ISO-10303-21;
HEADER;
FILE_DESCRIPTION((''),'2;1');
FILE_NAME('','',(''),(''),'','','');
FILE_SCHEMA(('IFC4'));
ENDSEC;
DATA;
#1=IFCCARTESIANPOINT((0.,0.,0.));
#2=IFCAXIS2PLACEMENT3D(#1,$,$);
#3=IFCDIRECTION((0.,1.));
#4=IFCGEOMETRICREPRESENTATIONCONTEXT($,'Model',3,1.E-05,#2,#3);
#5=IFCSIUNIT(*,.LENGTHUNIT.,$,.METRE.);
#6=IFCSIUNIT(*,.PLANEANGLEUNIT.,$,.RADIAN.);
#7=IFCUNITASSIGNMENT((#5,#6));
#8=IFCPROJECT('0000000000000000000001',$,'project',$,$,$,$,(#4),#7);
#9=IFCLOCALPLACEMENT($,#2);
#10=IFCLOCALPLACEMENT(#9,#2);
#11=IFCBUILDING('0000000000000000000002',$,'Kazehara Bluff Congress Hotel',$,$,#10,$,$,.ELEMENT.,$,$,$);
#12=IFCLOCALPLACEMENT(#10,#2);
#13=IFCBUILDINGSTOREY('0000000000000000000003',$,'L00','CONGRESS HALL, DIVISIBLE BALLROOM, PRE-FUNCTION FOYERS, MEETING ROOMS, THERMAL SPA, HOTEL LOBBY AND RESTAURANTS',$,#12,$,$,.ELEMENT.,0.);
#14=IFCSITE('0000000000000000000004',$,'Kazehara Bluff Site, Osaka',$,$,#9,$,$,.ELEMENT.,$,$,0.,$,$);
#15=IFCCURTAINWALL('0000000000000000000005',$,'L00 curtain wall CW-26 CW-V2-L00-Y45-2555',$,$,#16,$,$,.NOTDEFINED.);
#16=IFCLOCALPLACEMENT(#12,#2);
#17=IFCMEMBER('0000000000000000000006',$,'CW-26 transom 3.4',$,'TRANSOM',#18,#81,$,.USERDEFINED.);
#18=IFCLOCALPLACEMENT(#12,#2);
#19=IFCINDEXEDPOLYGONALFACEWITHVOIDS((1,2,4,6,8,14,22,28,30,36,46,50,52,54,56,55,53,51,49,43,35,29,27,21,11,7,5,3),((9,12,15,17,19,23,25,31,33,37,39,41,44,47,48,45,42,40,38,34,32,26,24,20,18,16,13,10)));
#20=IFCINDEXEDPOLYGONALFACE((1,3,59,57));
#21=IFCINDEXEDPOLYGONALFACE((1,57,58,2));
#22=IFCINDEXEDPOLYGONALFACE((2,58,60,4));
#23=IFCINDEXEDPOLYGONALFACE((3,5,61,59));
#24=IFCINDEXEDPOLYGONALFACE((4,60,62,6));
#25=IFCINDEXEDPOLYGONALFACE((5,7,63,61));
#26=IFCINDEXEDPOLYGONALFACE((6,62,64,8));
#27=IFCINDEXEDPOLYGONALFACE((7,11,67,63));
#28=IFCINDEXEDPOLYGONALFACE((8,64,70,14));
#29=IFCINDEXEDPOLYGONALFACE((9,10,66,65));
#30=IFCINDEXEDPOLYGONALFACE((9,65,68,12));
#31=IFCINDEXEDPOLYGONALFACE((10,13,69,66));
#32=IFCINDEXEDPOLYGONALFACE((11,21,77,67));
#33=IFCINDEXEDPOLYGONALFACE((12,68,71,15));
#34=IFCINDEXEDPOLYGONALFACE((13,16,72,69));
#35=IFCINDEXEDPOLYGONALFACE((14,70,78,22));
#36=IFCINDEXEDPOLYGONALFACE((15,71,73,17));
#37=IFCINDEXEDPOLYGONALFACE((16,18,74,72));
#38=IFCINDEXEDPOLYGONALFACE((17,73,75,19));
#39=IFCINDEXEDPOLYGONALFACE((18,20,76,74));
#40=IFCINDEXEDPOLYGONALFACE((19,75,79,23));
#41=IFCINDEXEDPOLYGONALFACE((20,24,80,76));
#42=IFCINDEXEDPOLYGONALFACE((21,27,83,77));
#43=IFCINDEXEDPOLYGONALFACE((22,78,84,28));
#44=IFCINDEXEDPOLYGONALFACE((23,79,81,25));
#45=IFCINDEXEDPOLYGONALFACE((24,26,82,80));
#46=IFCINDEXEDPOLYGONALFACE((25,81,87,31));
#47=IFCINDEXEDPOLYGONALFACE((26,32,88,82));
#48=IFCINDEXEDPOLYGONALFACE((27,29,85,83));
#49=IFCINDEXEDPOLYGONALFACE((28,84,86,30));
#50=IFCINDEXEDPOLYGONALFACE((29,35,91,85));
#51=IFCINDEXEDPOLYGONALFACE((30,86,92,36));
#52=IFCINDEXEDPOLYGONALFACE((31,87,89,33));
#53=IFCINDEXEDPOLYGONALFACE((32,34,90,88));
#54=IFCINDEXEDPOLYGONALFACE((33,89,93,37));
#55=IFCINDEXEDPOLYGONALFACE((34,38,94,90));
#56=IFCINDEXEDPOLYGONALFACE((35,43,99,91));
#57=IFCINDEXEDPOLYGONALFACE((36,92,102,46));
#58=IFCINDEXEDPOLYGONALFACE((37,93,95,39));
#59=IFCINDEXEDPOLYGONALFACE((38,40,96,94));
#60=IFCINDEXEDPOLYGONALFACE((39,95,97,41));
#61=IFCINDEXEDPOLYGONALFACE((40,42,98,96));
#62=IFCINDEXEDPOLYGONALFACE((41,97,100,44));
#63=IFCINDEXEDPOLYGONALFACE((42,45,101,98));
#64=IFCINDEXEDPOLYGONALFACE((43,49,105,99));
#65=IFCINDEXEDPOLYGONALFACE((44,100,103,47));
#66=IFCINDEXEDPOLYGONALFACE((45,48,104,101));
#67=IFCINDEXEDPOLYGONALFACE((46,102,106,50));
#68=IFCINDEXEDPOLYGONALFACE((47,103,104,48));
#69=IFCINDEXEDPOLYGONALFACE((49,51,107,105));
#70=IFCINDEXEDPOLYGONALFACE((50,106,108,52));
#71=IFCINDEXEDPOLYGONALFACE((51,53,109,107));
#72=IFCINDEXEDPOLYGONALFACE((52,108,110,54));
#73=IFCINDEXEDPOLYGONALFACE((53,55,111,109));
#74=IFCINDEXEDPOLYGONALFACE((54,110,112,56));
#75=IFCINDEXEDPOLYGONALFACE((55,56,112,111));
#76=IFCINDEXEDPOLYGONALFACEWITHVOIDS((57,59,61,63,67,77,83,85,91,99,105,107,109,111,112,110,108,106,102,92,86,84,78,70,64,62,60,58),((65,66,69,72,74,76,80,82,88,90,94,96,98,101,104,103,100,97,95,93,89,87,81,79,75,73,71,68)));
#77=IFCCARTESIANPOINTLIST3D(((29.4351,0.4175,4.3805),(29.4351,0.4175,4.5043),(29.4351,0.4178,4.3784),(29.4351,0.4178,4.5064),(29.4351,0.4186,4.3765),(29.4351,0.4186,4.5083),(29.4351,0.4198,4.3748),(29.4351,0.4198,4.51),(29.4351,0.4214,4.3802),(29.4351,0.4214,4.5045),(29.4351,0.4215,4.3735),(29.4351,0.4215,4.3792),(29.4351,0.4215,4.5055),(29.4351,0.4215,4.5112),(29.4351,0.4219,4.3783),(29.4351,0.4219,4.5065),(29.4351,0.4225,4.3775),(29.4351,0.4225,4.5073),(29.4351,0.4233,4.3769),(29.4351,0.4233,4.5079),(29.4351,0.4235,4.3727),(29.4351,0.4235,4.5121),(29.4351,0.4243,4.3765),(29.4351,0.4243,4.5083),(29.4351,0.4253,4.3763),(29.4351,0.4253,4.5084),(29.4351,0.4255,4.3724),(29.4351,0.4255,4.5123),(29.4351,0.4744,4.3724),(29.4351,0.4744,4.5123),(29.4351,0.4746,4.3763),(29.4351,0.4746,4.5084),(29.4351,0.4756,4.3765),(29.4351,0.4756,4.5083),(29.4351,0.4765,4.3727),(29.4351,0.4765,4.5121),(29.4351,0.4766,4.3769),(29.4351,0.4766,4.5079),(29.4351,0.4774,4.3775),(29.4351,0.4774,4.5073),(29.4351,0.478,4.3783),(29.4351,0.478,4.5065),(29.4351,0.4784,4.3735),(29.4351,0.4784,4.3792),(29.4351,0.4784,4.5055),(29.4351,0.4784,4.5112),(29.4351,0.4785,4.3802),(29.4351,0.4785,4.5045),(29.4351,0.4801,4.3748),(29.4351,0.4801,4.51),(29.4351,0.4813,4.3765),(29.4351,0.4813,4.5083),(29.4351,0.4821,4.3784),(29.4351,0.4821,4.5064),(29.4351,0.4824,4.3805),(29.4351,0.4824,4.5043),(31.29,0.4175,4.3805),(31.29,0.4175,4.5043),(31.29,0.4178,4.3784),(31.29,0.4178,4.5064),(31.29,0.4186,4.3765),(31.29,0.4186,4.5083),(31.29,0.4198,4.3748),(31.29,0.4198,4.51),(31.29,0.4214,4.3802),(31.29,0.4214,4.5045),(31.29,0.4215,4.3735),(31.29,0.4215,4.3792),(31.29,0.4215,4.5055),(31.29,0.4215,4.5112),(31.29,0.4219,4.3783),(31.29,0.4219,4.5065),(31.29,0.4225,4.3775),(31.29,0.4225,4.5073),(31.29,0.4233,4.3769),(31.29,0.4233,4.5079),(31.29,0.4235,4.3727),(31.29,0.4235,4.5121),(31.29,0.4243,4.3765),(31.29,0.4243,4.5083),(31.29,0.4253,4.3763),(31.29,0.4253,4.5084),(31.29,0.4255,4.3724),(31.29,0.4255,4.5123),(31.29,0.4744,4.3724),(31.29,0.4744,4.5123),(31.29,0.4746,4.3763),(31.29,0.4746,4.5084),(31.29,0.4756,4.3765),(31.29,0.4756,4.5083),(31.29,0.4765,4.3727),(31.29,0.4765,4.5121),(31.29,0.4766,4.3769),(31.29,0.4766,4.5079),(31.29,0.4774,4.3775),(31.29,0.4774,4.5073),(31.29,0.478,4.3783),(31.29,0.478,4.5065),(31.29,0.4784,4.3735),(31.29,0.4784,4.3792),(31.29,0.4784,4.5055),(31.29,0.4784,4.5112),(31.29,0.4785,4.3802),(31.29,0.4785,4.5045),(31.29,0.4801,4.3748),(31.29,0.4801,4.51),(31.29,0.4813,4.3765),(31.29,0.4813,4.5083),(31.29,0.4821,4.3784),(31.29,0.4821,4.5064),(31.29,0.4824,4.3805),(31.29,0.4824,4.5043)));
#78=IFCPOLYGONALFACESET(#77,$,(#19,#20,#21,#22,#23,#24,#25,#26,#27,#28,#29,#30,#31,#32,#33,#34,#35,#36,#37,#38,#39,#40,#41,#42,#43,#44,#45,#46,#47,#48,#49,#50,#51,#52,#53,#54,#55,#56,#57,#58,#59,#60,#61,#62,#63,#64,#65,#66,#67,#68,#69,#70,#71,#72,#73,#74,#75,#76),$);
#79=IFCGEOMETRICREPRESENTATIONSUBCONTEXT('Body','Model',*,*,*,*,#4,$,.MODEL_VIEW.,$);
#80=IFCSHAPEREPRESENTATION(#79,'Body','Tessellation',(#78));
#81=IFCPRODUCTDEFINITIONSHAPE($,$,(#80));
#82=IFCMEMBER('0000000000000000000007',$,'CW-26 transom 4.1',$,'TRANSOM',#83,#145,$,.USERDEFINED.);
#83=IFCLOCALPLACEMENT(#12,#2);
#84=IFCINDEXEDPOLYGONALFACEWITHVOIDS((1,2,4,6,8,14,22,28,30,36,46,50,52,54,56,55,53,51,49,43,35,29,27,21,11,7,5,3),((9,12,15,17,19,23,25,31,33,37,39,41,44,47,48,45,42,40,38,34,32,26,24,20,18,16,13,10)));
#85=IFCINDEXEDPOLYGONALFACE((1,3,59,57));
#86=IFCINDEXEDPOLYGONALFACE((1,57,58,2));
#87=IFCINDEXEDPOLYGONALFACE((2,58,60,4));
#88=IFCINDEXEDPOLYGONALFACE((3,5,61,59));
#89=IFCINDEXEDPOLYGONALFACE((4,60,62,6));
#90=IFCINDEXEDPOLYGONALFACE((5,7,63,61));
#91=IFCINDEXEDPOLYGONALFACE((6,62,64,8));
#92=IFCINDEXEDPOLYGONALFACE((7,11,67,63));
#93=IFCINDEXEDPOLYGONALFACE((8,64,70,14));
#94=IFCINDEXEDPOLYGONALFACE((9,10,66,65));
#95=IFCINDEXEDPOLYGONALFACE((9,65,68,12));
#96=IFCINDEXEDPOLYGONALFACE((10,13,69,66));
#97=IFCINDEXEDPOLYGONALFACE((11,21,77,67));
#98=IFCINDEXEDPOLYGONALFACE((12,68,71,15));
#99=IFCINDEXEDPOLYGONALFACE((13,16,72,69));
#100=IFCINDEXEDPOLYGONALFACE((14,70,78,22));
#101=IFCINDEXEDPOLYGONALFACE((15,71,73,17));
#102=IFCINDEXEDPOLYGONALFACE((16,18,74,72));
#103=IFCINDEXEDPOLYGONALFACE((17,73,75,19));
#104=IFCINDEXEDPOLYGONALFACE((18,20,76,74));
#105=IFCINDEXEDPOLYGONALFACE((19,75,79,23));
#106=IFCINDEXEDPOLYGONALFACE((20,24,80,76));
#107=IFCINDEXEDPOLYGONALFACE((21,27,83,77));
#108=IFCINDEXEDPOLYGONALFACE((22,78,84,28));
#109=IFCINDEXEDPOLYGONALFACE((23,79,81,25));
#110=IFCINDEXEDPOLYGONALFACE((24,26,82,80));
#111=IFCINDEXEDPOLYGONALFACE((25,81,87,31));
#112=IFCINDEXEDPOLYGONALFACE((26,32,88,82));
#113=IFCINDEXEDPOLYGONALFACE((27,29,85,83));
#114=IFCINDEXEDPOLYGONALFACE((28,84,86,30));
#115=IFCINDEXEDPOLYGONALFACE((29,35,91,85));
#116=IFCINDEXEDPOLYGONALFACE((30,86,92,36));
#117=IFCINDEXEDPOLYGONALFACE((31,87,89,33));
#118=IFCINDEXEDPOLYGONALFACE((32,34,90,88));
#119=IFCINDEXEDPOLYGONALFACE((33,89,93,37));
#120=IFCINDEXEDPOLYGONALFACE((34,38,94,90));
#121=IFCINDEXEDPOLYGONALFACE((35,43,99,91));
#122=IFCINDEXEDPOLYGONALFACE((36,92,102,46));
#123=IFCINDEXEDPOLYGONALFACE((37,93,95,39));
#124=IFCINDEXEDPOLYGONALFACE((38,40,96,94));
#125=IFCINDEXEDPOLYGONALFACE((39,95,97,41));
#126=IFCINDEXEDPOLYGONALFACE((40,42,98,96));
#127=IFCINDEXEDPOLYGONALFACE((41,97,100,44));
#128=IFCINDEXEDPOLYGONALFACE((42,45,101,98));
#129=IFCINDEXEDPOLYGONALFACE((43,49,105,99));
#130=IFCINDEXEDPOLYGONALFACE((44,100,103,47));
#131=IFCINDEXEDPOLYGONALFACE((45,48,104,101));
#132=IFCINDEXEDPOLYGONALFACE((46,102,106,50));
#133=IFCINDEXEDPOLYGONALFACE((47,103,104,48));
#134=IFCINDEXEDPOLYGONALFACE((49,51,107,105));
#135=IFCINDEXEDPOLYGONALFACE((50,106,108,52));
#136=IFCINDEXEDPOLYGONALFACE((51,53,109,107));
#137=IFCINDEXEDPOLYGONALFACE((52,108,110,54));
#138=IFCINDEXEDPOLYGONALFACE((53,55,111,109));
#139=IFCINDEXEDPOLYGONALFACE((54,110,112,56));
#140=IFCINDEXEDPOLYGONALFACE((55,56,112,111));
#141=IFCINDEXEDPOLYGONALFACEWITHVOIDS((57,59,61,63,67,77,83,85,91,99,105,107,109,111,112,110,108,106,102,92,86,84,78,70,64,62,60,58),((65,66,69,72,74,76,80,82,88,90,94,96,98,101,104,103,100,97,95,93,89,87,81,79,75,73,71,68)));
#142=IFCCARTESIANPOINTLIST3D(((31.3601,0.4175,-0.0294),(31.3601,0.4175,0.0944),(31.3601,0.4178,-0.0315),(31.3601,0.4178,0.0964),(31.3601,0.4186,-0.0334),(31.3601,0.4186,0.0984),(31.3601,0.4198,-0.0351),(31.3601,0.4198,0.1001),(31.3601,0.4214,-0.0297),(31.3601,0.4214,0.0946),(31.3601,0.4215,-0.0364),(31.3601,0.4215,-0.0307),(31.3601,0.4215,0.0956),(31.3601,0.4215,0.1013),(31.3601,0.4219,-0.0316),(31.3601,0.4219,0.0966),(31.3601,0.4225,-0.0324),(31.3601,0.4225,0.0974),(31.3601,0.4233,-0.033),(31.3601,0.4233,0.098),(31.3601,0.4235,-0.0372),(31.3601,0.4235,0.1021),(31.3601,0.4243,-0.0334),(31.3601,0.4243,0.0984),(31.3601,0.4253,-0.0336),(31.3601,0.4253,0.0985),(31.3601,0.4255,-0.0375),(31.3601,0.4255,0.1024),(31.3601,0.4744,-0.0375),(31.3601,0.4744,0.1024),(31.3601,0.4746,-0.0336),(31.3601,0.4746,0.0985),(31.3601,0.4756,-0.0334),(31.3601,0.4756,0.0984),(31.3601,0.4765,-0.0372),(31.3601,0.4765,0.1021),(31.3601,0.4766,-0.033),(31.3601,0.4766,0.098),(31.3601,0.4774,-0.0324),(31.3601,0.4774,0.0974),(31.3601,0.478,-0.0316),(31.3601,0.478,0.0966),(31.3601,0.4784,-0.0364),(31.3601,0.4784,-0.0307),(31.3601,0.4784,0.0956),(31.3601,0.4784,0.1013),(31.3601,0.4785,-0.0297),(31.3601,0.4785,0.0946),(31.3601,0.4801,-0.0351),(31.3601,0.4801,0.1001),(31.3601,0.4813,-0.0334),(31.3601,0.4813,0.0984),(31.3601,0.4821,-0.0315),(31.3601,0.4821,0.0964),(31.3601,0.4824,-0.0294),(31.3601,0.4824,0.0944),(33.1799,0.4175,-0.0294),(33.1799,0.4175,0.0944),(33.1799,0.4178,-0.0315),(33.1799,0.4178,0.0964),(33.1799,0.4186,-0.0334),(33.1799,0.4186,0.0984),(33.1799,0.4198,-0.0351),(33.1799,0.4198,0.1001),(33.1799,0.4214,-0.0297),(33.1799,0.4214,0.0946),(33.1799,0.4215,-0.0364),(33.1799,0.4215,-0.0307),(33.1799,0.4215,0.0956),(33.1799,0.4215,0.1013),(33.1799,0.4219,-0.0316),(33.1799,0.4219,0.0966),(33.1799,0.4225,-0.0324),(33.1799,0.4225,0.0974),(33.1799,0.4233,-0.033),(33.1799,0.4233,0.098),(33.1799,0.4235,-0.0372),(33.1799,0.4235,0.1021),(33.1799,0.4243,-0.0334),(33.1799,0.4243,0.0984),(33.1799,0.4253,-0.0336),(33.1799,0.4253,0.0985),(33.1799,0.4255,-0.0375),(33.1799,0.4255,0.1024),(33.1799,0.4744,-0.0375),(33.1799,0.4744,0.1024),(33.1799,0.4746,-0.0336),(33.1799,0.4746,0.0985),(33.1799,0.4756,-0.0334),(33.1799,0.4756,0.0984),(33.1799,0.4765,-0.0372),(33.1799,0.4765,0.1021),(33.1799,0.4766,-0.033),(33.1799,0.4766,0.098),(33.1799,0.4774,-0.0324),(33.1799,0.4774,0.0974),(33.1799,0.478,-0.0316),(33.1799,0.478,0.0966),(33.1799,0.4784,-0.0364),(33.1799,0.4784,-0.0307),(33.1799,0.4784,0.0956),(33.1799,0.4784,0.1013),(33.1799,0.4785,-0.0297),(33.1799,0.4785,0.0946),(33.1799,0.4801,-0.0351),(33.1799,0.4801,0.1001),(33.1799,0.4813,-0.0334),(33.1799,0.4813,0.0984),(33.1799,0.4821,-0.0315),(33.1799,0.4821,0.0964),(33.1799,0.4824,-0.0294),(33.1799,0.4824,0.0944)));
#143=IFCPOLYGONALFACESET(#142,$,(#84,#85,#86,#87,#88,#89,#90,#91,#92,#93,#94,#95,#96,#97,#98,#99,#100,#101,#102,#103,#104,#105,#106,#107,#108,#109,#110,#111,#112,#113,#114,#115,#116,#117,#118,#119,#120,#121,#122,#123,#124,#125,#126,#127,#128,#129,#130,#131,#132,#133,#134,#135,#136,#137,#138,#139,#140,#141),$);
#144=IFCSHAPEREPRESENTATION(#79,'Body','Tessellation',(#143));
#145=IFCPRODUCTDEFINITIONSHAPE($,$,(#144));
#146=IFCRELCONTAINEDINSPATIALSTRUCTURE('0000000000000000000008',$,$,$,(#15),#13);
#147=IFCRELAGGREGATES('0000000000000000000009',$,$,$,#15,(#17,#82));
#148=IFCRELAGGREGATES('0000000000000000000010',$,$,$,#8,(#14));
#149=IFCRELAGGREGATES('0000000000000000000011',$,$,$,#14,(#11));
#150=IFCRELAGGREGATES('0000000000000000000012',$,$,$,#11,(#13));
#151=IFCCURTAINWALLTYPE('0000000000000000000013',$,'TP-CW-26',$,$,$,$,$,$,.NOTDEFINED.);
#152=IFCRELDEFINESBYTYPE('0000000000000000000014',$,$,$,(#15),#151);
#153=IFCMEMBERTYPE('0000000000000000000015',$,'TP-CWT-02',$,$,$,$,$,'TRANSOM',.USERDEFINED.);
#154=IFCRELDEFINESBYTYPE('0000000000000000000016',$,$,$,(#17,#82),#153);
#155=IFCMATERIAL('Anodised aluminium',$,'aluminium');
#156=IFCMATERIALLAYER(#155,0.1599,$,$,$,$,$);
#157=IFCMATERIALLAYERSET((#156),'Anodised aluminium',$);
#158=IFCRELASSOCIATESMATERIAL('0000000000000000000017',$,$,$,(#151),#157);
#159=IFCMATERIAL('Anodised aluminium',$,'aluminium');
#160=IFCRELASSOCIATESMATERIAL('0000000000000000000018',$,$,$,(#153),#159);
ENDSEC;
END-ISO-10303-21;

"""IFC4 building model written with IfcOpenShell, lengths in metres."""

from ifc_helpers import new_model, si_unit, direction, frame, origin, origin_2d, place, context, subcontext, project, spatial, hollow_rectangle, extrude, material, layer, layer_set, material_profile, profile_set, type_object, element, aggregate, save


model = new_model("IFC4")

# Units and contexts
model_context = context("Model", 3, precision=1e-05, world=origin(), true_north=direction((0.0, 1.0)))
body_context = subcontext(model_context, "Body", "Model", "MODEL_VIEW")
ifc_project = project(units=[si_unit("LENGTHUNIT", "METRE"), si_unit("PLANEANGLEUNIT", "RADIAN")], contexts=[model_context])

# Site, building, storey
site_placement = place(None, origin())
site = spatial("IfcSite", under=ifc_project, at=site_placement, Name="Kazehara Bluff Site, Osaka", CompositionType="ELEMENT", RefElevation=0.0)
building_placement = place(site_placement, origin())
building = spatial("IfcBuilding", under=site, at=building_placement, Name="Kazehara Bluff Congress Hotel", CompositionType="ELEMENT")
storey_placement = place(building_placement, origin())
storey = spatial("IfcBuildingStorey", under=building, at=storey_placement, Name="L00", Description="CONGRESS HALL, DIVISIBLE BALLROOM, PRE-FUNCTION FOYERS, MEETING ROOMS, THERMAL SPA, HOTEL LOBBY AND RESTAURANTS", CompositionType="ELEMENT", Elevation=0.0)

# Curtain wall, members
ifc_material_1 = material(Name="Anodised aluminium", Category="aluminium")
ifc_layer_1 = layer(ifc_material_1, 0.1599)
ifc_layer_set_1 = layer_set([ifc_layer_1], Name="Anodised aluminium")
curtain_wall_type = type_object("IfcCurtainWallType", Name="TP-CW-26", PredefinedType="NOTDEFINED", material=ifc_layer_set_1)
curtain_wall_placement = place(storey_placement, origin())
curtain_wall = element("IfcCurtainWall", 1, at=curtain_wall_placement, inside=storey, type_object=curtain_wall_type, Name="L00 curtain wall CW-26 CW-V2-L00-Y45-2555", PredefinedType="NOTDEFINED")
ifc_material_2 = material(Name="Anodised aluminium", Category="aluminium")
ifc_material_profile_1 = material_profile(ifc_material_2, hollow_rectangle(XDim=0.0649, YDim=0.1399, WallThickness=0.0039, InnerFilletRadius=0.0039, OuterFilletRadius=0.0081, at=origin_2d()))
ifc_profile_set_1 = profile_set([ifc_material_profile_1], Name="Anodised aluminium")
member_type_1 = type_object("IfcMemberType", Name="TP-CWT-02", ElementType="TRANSOM", PredefinedType="USERDEFINED", material=ifc_profile_set_1)
member_1_placement = place(storey_placement, frame((29.4351, 0.45, 4.4424), z_axis=(1.0, 0.0, 0.0), x_axis=(0.0, 1.0, 0.0)))
member_1 = element("IfcMember", 2, at=member_1_placement, type_object=member_type_1, Name="CW-26 transom 3.4", ObjectType="TRANSOM", PredefinedType="USERDEFINED", context=body_context, shape_type="SweptSolid", body=[
    extrude(hollow_rectangle(XDim=0.0649, YDim=0.1399, WallThickness=0.0039, InnerFilletRadius=0.0039, OuterFilletRadius=0.0081, at=origin_2d()), origin(), (0.0, 0.0, 1.0), 1.855),
])
member_2_placement = place(storey_placement, frame((31.3601, 0.45, 0.0325), z_axis=(1.0, 0.0, 0.0), x_axis=(0.0, 1.0, 0.0)))
member_2 = element("IfcMember", 3, at=member_2_placement, type_object=member_type_1, Name="CW-26 transom 4.1", ObjectType="TRANSOM", PredefinedType="USERDEFINED", context=body_context, shape_type="SweptSolid", body=[
    extrude(hollow_rectangle(XDim=0.0649, YDim=0.1399, WallThickness=0.0039, InnerFilletRadius=0.0039, OuterFilletRadius=0.0081, at=origin_2d()), origin(), (0.0, 0.0, 1.0), 1.8198),
])
aggregate(curtain_wall, [member_1, member_2])

save(model, "model.ifc")
